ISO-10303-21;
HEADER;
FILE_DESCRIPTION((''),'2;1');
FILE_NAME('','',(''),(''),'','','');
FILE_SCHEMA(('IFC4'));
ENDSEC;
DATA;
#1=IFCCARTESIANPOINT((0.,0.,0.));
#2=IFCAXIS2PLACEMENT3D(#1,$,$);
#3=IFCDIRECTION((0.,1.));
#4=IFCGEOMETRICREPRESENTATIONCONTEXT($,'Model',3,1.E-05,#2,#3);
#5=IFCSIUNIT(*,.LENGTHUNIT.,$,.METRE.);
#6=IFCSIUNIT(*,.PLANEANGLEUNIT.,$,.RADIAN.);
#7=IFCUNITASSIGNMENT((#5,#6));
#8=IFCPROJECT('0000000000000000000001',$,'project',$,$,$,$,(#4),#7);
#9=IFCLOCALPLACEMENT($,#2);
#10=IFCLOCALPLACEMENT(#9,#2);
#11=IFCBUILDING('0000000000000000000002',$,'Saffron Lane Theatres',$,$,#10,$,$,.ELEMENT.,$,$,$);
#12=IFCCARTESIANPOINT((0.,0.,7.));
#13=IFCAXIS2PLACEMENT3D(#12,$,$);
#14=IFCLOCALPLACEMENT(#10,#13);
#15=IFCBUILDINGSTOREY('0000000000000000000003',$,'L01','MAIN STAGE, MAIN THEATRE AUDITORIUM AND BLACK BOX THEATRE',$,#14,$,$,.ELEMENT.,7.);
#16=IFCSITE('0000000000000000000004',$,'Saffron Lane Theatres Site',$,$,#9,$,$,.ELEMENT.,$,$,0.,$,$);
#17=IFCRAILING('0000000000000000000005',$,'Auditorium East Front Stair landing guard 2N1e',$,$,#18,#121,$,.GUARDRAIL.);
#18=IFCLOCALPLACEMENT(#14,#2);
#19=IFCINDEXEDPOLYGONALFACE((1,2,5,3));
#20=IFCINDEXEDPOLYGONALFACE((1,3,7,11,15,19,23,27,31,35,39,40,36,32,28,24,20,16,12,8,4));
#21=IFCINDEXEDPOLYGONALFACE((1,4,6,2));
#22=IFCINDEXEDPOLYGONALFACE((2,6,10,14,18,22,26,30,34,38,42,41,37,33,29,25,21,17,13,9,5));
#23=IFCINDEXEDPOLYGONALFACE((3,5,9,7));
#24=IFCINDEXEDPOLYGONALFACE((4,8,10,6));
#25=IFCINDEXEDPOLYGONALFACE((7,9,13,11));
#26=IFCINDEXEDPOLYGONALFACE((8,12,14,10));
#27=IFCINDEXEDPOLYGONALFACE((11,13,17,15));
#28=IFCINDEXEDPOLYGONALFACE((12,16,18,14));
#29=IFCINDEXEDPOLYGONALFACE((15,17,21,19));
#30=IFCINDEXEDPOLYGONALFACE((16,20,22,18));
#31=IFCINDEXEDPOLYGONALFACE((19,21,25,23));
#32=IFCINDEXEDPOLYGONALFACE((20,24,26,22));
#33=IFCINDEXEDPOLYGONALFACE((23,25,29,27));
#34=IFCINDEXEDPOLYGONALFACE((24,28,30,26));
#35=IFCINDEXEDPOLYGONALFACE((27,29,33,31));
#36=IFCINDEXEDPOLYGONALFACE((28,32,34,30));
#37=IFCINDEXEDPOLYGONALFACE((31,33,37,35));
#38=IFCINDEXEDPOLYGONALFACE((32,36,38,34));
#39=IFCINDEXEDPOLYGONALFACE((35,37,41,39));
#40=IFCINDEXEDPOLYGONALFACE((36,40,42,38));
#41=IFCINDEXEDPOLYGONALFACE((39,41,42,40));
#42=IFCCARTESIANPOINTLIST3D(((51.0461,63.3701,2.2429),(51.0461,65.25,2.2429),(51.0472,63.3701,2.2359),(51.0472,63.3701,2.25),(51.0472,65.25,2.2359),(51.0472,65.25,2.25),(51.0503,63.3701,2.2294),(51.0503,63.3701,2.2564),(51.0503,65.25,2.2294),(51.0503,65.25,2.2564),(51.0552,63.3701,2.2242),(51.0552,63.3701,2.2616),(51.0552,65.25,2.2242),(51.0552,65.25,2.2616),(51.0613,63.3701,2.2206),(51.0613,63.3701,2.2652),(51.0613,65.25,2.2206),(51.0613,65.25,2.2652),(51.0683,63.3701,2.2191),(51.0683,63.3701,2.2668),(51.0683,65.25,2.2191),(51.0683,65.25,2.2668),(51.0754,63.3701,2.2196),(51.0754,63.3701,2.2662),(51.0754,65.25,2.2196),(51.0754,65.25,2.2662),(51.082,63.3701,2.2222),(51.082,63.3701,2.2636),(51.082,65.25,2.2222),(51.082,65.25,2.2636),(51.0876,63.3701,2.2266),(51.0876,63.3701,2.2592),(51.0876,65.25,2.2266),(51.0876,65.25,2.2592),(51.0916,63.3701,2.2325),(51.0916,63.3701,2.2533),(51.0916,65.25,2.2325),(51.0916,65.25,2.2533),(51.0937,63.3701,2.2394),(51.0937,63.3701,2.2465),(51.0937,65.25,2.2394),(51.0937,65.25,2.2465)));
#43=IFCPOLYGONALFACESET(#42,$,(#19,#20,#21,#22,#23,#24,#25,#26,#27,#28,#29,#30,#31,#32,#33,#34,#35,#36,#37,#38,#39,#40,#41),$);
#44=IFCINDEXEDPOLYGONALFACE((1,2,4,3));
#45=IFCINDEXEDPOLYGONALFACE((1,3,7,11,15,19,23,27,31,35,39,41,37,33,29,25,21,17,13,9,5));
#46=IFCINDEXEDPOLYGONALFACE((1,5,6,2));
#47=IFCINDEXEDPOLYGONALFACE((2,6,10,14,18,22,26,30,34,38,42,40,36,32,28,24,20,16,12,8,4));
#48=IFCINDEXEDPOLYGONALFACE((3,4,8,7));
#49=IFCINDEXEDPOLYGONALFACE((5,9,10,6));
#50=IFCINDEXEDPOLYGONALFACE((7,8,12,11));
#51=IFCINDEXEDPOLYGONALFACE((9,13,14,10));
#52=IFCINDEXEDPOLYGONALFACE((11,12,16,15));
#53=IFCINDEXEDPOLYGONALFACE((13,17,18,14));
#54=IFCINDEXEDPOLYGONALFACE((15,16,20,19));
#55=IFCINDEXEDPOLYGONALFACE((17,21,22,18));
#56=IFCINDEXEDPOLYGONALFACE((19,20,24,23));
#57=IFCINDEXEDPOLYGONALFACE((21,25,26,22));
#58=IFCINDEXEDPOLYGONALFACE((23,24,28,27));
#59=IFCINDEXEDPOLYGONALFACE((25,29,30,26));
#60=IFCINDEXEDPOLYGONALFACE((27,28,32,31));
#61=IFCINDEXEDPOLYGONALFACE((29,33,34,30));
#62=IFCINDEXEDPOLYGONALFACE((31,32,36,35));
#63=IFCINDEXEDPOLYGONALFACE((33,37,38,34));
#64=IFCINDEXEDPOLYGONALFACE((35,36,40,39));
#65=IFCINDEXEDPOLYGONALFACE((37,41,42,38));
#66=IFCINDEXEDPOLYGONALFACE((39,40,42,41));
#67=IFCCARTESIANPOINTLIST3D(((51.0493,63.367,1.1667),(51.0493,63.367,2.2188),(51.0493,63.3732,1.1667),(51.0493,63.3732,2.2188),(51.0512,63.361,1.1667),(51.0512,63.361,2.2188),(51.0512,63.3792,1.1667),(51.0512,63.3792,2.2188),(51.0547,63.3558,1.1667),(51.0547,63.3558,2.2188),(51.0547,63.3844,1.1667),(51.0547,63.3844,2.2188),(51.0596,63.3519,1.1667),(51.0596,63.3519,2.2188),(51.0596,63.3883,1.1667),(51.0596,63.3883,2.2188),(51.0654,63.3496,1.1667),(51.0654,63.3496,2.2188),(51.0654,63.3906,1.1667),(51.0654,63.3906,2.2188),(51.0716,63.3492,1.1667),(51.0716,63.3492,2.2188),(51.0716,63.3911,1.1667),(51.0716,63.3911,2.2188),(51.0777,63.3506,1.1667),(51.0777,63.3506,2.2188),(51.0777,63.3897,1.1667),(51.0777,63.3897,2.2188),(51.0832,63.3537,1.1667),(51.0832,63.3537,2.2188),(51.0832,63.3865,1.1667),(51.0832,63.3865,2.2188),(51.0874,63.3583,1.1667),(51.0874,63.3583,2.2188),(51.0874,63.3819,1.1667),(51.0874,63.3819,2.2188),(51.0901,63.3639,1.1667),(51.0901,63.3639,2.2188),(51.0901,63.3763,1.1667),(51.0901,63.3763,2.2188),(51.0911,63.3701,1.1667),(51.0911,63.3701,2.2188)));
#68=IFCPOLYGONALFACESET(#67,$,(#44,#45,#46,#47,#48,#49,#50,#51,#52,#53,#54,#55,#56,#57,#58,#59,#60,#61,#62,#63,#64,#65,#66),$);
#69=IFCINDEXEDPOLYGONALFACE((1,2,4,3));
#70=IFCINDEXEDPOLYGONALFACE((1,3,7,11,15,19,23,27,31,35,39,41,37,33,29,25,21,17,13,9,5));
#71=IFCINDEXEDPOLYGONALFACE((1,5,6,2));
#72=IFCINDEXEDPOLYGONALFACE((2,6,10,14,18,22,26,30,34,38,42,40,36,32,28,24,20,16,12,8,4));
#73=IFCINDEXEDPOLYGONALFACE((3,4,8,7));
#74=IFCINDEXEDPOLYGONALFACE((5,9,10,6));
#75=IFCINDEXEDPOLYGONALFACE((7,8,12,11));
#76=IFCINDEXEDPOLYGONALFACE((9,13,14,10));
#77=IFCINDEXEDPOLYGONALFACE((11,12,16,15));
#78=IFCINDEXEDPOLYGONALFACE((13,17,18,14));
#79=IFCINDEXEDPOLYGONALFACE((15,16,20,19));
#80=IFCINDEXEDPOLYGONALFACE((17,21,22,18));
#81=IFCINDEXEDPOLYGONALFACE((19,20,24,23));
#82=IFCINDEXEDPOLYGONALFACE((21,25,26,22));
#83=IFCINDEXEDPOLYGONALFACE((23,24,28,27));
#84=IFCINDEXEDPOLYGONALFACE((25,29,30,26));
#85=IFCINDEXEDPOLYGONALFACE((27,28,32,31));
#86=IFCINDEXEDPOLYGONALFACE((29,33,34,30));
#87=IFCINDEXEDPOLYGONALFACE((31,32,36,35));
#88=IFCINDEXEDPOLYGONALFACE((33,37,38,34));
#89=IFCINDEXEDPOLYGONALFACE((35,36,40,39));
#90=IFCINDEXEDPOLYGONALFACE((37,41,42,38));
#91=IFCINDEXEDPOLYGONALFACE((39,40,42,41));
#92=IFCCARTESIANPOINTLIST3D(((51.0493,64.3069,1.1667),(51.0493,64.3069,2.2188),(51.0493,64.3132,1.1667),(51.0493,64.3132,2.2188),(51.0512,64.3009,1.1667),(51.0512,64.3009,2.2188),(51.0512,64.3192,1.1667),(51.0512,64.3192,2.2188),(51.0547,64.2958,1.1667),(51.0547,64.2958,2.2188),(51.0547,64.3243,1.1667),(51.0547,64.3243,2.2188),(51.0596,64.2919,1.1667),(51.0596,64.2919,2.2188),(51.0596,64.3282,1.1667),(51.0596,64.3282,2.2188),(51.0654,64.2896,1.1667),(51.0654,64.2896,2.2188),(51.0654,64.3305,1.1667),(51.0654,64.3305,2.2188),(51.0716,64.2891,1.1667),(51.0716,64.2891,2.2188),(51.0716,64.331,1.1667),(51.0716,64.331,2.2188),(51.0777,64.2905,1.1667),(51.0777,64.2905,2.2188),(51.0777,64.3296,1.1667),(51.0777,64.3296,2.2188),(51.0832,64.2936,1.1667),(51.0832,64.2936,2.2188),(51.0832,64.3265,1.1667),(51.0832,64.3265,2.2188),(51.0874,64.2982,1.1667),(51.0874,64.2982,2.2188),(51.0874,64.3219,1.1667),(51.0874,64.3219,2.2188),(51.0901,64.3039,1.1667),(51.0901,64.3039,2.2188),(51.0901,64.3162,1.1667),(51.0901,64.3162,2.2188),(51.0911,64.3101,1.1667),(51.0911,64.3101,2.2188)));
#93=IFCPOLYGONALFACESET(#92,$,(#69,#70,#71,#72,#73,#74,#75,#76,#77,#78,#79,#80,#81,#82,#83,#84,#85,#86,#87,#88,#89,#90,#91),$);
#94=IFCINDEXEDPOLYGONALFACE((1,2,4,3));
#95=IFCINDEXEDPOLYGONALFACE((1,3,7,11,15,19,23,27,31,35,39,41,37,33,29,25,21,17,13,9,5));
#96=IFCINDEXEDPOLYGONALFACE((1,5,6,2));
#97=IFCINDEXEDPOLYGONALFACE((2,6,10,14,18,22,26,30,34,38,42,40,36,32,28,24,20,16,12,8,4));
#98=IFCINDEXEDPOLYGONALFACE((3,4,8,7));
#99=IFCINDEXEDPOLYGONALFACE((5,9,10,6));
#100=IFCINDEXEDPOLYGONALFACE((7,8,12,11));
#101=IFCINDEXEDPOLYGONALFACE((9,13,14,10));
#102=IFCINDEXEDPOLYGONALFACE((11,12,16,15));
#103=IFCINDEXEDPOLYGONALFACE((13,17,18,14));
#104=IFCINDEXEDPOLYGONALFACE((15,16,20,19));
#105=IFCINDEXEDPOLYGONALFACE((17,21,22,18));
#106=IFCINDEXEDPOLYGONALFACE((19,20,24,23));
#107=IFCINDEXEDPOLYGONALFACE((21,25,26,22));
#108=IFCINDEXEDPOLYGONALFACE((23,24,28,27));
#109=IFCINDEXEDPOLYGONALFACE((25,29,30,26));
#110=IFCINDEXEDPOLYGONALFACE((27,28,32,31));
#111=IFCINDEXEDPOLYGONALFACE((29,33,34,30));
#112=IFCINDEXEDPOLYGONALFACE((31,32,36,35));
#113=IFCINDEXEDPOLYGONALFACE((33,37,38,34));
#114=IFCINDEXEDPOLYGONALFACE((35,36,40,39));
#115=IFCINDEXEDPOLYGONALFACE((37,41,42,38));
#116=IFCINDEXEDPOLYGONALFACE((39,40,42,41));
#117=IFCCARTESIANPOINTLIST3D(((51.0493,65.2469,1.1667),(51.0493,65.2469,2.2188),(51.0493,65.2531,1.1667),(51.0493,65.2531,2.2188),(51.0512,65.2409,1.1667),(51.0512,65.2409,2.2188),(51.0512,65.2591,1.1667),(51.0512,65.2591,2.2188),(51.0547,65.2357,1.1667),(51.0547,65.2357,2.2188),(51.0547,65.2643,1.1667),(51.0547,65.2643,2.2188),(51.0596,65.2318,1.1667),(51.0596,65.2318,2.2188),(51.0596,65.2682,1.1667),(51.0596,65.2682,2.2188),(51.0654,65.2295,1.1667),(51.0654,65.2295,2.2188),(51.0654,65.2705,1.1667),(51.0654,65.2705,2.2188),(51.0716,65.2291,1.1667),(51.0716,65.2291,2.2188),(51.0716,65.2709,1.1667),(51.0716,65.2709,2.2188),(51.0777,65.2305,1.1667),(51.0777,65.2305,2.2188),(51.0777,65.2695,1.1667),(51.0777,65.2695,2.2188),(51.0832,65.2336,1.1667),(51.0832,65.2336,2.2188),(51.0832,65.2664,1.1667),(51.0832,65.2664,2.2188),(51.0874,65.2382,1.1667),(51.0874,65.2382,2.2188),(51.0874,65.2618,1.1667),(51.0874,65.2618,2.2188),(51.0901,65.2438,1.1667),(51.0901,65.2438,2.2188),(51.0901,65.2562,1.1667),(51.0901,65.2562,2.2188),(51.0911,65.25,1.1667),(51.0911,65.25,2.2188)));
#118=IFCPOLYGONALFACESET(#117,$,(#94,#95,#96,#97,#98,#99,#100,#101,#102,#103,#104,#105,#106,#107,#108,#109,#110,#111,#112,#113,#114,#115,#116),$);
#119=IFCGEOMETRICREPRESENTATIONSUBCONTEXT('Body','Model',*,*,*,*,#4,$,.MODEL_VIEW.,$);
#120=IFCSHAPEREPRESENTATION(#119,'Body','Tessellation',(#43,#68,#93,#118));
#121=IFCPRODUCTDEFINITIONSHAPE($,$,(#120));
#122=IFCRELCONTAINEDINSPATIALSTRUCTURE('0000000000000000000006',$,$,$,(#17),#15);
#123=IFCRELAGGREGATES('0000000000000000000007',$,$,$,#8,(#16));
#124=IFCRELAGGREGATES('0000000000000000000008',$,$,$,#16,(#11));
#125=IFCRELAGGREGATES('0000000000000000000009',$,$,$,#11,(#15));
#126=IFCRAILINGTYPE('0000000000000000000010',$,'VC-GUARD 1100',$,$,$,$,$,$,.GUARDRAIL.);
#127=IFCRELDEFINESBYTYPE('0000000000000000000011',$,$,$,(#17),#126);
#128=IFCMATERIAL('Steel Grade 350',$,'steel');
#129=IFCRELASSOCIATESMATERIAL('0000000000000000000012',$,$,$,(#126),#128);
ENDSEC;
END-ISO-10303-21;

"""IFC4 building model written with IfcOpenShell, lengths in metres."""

from ifc_helpers import new_model, si_unit, direction, frame, origin, origin_2d, place, context, subcontext, project, spatial, circle, extrude, material, type_object, element, save


model = new_model("IFC4")

# Units and contexts
model_context = context("Model", 3, precision=1e-05, world=origin(), true_north=direction((0.0, 1.0)))
body_context = subcontext(model_context, "Body", "Model", "MODEL_VIEW")
ifc_project = project(units=[si_unit("LENGTHUNIT", "METRE"), si_unit("PLANEANGLEUNIT", "RADIAN")], contexts=[model_context])

# Site, building, storey
site_placement = place(None, origin())
site = spatial("IfcSite", under=ifc_project, at=site_placement, Name="Saffron Lane Theatres Site", CompositionType="ELEMENT", RefElevation=0.0)
building_placement = place(site_placement, origin())
building = spatial("IfcBuilding", under=site, at=building_placement, Name="Saffron Lane Theatres", CompositionType="ELEMENT")
storey_placement = place(building_placement, frame((0.0, 0.0, 7.0)))
storey = spatial("IfcBuildingStorey", under=building, at=storey_placement, Name="L01", Description="MAIN STAGE, MAIN THEATRE AUDITORIUM AND BLACK BOX THEATRE", CompositionType="ELEMENT", Elevation=7.0)

# Railing
ifc_material_1 = material(Name="Steel Grade 350", Category="steel")
railing_type_1 = type_object("IfcRailingType", Name="VC-GUARD 1100", PredefinedType="GUARDRAIL", material=ifc_material_1)
railing_1_placement = place(storey_placement, frame((51.0701, 63.3701, 1.1667)))
element("IfcRailing", 1, at=railing_1_placement, inside=storey, type_object=railing_type_1, Name="Auditorium East Front Stair landing guard 2N1e", PredefinedType="GUARDRAIL", context=body_context, shape_type="SweptSolid", body=[
    extrude(circle(Radius=0.0239, at=origin_2d()), frame((0.0, 0.0, 1.0762), z_axis=(0.0, 1.0, 0.0), x_axis=(-1.0, 0.0, 0.0)), (0.0, 0.0, 1.0), 1.8799),
    extrude(circle(Radius=0.021, at=origin_2d()), origin(), (0.0, 0.0, 1.0), 1.052),
    extrude(circle(Radius=0.021, at=origin_2d()), frame((0.0, 0.9399, 0.0)), (0.0, 0.0, 1.0), 1.052),
    extrude(circle(Radius=0.021, at=origin_2d()), frame((0.0, 1.8799, 0.0)), (0.0, 0.0, 1.0), 1.052),
])

save(model, "model.ifc")
